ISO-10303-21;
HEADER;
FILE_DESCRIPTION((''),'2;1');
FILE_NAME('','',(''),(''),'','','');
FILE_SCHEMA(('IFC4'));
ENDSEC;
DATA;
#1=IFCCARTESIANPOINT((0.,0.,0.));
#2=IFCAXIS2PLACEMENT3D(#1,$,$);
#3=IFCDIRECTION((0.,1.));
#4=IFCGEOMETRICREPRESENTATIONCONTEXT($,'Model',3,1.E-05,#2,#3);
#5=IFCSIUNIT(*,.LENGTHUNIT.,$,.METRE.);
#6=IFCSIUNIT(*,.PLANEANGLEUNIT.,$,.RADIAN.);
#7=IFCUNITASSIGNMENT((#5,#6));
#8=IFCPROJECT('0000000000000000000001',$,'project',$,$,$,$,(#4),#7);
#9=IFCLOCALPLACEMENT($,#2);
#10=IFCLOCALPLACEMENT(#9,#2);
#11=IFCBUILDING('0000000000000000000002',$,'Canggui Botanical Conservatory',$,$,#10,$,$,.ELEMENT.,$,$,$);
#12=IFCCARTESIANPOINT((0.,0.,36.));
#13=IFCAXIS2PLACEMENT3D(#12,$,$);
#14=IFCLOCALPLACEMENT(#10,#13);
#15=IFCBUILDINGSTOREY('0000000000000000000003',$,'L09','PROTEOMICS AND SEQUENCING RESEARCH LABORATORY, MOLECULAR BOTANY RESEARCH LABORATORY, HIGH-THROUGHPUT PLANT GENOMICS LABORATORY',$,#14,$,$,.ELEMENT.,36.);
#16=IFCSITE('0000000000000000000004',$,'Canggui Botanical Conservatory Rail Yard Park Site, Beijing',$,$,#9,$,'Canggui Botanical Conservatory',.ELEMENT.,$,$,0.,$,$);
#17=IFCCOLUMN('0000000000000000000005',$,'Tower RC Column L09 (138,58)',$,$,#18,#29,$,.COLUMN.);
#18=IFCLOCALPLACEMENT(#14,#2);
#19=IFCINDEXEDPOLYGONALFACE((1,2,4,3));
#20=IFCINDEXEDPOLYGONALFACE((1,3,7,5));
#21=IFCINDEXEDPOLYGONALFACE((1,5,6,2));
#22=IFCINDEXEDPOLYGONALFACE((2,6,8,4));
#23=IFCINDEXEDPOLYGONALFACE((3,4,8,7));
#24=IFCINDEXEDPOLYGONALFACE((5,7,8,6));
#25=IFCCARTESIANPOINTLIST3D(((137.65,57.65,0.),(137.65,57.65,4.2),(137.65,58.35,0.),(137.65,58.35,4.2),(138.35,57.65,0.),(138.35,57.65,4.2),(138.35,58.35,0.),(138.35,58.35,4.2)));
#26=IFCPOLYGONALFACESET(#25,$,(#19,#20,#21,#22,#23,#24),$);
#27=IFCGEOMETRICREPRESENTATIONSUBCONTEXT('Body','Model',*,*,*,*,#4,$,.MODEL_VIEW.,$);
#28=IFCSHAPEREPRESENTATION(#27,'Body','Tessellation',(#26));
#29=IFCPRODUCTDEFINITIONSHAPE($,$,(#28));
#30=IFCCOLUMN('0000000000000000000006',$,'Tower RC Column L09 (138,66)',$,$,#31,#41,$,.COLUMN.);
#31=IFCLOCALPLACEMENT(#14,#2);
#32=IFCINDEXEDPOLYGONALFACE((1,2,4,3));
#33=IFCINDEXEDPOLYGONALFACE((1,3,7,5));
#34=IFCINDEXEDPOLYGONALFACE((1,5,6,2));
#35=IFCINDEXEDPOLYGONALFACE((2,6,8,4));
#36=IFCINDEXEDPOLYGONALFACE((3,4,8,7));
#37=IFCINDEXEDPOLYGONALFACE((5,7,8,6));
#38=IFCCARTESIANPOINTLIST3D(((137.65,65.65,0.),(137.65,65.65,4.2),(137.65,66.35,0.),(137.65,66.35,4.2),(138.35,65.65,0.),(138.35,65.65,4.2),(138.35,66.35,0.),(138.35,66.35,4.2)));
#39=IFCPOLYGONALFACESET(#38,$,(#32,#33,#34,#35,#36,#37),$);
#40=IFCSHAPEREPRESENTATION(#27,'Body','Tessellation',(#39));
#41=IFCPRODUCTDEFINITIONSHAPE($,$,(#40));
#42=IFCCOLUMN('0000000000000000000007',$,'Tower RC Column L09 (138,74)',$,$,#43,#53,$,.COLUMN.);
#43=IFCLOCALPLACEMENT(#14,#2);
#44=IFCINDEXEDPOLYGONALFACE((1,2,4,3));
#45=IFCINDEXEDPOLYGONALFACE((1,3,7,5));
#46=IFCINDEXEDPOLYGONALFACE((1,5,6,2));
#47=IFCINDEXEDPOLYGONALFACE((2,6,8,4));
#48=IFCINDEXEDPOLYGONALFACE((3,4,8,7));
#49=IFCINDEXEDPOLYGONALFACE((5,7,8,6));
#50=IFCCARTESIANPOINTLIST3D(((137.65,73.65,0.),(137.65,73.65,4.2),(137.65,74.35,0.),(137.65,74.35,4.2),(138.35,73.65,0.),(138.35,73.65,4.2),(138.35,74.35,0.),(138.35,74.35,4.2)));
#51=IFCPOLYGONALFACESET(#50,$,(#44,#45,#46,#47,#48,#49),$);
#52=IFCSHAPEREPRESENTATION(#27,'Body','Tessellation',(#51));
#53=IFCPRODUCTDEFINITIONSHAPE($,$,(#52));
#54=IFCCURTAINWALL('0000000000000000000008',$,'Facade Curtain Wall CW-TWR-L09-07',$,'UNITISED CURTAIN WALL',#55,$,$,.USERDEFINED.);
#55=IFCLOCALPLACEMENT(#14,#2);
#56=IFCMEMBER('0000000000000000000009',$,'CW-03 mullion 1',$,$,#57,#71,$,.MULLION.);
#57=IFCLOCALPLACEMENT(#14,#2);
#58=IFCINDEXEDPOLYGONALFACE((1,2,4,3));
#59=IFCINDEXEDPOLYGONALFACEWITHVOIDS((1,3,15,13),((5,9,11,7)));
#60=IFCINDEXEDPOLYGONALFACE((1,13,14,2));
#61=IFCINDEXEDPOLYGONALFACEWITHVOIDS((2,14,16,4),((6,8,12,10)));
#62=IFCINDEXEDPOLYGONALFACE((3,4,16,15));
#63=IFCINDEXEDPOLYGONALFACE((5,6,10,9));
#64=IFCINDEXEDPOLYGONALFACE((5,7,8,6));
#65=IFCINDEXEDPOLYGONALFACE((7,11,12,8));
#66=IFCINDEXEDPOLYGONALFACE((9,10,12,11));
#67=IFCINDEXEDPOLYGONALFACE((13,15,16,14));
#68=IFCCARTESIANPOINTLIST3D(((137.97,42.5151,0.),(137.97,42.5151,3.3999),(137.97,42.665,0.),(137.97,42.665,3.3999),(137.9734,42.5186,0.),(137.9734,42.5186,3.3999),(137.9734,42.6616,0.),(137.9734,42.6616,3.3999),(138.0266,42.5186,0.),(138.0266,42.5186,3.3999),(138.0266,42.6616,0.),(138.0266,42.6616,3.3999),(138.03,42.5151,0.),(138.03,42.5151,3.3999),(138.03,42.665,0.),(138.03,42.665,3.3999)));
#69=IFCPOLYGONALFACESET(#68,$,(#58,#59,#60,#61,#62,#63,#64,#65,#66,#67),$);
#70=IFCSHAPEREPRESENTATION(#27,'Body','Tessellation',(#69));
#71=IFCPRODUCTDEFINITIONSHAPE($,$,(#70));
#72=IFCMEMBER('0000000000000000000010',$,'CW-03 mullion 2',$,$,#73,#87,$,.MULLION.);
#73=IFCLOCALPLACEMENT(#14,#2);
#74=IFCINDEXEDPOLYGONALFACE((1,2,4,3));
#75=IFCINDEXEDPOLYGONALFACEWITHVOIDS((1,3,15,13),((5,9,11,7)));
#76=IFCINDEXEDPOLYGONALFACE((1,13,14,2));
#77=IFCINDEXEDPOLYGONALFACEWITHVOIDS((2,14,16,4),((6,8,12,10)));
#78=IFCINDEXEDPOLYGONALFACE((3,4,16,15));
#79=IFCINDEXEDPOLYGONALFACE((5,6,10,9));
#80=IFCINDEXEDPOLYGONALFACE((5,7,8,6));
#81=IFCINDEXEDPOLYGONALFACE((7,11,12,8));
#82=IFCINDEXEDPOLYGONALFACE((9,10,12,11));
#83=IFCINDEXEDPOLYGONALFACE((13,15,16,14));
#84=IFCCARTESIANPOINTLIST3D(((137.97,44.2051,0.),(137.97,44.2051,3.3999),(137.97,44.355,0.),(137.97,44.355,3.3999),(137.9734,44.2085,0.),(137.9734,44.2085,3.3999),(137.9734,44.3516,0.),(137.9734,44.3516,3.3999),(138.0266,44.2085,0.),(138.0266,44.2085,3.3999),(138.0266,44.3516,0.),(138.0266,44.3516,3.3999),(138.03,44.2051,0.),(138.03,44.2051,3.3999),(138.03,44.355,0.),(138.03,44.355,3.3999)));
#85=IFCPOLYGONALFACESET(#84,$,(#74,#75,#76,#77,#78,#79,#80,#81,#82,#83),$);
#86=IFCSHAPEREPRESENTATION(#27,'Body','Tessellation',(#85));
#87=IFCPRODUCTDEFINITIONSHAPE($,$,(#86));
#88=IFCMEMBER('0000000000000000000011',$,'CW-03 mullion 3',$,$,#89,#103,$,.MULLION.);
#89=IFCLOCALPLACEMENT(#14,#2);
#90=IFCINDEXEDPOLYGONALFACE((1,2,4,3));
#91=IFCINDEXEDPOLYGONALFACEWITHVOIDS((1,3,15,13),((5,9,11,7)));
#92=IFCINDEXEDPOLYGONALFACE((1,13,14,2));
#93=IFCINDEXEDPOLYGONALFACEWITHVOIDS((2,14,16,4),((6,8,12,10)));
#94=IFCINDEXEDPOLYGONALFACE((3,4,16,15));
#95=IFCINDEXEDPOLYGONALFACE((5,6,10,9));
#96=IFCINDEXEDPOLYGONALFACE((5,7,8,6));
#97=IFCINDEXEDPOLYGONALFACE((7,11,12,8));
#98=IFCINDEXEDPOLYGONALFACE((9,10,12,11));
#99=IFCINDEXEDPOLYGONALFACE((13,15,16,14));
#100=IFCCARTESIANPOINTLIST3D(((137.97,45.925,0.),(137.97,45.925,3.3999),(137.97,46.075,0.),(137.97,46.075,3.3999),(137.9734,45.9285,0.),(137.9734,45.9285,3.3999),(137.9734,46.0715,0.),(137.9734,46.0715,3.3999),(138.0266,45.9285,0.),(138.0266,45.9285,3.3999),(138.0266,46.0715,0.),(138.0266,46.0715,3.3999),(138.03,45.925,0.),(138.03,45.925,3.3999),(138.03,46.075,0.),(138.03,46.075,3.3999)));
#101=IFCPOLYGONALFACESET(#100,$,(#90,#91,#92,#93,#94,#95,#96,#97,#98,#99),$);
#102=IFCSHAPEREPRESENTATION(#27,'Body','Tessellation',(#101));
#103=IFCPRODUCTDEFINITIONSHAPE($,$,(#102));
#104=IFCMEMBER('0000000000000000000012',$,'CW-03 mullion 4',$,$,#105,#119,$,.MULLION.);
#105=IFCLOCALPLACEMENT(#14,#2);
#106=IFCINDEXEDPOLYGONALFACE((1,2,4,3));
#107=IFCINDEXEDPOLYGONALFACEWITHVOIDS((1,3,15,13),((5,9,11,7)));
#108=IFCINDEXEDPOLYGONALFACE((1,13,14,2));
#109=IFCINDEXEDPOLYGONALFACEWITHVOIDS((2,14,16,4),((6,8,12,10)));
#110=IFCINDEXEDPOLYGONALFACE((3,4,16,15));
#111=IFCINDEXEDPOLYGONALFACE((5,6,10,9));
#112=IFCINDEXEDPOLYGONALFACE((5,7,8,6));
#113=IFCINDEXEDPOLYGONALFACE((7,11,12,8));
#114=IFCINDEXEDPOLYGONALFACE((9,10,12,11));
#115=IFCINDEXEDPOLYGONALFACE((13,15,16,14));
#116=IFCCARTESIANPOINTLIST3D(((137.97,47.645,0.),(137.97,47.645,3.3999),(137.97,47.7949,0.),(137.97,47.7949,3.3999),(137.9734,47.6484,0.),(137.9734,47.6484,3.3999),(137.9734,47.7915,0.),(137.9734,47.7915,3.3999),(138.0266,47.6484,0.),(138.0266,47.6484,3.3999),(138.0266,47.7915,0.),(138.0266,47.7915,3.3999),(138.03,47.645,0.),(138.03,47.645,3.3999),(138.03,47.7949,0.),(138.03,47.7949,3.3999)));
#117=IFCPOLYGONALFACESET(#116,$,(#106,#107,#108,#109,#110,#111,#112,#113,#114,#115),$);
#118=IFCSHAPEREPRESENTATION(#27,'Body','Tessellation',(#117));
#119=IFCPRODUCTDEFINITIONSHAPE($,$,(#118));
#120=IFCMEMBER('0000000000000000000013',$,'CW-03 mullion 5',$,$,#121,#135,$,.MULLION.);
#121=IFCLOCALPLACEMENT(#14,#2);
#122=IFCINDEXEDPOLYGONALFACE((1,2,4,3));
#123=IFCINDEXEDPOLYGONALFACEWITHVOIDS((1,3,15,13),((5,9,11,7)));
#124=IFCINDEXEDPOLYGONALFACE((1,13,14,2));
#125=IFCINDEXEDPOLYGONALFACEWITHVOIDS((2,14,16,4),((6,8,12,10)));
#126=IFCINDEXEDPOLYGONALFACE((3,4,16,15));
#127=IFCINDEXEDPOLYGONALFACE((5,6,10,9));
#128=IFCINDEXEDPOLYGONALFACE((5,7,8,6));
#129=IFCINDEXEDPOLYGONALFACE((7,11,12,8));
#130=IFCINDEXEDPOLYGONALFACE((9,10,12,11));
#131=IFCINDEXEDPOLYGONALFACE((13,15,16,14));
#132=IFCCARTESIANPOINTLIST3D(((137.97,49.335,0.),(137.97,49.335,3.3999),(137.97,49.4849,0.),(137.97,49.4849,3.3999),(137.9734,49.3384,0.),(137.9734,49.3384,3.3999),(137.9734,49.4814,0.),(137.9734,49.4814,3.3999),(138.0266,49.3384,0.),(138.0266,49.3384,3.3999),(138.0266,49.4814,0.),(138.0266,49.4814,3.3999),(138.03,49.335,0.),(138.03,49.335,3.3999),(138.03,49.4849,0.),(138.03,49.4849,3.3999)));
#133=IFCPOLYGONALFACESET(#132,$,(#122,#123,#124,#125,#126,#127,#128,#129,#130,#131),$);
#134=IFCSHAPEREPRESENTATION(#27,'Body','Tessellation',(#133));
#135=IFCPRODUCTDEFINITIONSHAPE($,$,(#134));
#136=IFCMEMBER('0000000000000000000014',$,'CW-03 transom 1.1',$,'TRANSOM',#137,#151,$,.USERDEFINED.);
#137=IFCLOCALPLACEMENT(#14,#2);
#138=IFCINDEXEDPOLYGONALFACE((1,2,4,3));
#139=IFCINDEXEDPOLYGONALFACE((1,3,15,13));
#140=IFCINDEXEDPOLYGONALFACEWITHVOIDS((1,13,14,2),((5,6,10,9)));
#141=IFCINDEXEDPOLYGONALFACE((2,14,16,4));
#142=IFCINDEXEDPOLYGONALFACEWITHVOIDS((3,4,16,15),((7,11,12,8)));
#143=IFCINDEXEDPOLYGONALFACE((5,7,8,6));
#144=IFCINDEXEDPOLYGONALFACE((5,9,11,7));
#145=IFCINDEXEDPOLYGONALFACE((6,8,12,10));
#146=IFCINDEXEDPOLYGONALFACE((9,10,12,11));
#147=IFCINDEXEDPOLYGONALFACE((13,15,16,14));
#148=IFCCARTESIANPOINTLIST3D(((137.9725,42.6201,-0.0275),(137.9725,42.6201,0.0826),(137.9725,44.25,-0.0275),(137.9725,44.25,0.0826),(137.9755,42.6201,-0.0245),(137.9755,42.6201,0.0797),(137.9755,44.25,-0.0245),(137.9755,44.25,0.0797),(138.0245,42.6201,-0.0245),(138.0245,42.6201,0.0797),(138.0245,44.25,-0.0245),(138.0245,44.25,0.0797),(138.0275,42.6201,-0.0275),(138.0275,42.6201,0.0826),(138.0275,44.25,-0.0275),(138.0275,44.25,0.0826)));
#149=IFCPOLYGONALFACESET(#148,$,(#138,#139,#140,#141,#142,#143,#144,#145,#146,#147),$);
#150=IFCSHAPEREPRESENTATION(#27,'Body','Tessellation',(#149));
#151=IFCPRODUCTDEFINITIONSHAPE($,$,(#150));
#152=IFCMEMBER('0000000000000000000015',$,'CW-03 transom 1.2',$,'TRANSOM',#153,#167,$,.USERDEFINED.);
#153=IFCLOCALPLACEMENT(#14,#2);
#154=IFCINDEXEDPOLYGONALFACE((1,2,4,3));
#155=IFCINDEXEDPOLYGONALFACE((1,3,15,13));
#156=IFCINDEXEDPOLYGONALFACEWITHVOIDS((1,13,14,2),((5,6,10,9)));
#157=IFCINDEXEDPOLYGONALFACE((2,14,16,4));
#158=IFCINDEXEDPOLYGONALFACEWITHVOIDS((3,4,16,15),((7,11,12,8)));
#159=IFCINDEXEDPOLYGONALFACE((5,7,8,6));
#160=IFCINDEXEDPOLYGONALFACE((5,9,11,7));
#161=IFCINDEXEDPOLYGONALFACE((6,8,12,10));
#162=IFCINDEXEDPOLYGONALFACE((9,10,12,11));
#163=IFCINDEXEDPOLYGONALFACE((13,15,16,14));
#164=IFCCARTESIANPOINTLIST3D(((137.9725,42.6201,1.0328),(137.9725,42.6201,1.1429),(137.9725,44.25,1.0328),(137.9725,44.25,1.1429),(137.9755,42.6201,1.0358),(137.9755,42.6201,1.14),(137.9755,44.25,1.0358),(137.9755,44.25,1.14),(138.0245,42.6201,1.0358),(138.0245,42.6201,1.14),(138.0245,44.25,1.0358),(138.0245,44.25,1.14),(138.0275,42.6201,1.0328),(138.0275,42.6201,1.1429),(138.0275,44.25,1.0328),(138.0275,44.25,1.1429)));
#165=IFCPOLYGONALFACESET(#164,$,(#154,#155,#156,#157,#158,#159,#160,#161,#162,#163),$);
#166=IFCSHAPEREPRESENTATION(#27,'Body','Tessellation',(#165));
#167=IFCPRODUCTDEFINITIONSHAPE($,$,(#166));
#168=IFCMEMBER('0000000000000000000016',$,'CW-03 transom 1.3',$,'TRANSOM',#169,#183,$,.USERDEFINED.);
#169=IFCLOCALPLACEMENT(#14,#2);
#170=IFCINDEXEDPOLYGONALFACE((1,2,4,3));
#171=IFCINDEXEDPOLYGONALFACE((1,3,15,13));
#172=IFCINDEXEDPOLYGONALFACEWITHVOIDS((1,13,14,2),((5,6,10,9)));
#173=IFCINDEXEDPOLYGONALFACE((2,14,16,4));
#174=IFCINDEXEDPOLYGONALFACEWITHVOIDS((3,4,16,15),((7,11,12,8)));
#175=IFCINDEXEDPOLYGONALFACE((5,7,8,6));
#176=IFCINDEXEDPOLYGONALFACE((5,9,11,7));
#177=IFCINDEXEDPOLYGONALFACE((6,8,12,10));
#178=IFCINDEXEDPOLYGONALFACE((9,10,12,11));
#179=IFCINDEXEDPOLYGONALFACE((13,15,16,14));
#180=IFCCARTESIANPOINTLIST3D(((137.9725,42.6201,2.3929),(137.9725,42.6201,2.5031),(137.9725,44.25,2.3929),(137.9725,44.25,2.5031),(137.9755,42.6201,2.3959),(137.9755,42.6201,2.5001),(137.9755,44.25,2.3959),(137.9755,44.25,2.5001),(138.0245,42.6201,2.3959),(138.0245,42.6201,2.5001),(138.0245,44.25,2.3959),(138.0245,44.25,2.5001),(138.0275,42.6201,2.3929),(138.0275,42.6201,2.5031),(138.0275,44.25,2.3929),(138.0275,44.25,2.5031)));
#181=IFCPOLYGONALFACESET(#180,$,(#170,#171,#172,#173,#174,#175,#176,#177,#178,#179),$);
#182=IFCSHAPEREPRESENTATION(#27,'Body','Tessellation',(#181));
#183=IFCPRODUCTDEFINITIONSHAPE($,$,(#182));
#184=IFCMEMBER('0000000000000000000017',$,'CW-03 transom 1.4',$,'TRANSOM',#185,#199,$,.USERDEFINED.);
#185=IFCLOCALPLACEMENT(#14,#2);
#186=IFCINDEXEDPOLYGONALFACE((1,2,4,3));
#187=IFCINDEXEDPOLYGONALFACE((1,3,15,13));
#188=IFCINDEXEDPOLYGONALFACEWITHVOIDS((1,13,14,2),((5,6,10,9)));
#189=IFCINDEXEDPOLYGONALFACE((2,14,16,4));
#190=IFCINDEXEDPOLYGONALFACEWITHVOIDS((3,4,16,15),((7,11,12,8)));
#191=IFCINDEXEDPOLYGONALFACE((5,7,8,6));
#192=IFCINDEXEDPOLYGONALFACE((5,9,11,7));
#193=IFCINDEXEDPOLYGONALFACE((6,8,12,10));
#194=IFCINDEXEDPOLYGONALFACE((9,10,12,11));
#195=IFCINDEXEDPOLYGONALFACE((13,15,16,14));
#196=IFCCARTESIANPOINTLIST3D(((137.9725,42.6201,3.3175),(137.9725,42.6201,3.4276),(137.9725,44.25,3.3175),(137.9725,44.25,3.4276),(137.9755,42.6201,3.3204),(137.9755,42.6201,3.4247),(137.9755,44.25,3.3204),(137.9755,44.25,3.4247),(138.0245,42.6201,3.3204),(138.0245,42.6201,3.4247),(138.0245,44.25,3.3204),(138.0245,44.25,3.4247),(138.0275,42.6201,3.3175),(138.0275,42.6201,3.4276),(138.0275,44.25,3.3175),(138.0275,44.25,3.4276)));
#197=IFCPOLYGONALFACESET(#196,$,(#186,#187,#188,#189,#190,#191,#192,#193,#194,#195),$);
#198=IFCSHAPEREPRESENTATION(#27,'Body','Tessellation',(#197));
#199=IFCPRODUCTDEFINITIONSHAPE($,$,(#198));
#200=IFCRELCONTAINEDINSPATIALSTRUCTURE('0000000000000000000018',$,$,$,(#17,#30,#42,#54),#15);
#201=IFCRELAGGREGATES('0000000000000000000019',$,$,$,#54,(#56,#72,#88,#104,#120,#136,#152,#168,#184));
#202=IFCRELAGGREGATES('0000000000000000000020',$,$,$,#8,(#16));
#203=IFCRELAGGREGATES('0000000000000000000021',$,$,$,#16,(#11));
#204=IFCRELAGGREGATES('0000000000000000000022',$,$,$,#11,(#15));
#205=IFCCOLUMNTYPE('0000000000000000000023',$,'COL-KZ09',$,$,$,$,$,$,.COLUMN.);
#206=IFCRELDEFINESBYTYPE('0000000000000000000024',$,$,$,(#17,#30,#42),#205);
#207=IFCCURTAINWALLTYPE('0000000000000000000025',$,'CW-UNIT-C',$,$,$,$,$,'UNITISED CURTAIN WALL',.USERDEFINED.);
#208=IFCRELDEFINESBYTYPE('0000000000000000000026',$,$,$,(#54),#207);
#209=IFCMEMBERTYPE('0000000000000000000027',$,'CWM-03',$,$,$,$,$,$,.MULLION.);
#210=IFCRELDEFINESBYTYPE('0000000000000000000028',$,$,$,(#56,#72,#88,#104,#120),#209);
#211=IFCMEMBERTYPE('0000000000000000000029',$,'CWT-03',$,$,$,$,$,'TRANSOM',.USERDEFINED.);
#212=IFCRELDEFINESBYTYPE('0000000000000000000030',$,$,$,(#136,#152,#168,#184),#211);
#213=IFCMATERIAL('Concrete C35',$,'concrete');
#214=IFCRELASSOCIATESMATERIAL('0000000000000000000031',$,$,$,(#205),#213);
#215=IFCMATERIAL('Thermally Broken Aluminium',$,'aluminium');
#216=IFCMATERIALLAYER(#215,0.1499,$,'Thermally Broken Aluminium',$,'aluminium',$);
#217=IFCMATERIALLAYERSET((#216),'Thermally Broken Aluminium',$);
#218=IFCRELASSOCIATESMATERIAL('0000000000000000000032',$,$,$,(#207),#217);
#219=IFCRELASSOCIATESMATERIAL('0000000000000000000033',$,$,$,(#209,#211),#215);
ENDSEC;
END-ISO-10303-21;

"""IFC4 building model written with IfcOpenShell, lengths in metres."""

from ifc_helpers import new_model, si_unit, direction, frame, origin, origin_2d, place, context, subcontext, project, spatial, rectangle, hollow_rectangle, extrude, material, layer, layer_set, material_profile, profile_set, type_object, element, aggregate, save


model = new_model("IFC4")

# Units and contexts
model_context = context("Model", 3, precision=1e-05, world=origin(), true_north=direction((0.0, 1.0)))
body_context = subcontext(model_context, "Body", "Model", "MODEL_VIEW")
ifc_project = project(units=[si_unit("LENGTHUNIT", "METRE"), si_unit("PLANEANGLEUNIT", "RADIAN")], contexts=[model_context])

# Site, building, storey
site_placement = place(None, origin())
site = spatial("IfcSite", under=ifc_project, at=site_placement, Name="Canggui Botanical Conservatory Rail Yard Park Site, Beijing", LongName="Canggui Botanical Conservatory", CompositionType="ELEMENT", RefElevation=0.0)
building_placement = place(site_placement, origin())
building = spatial("IfcBuilding", under=site, at=building_placement, Name="Canggui Botanical Conservatory", CompositionType="ELEMENT")
storey_placement = place(building_placement, frame((0.0, 0.0, 36.0)))
storey = spatial("IfcBuildingStorey", under=building, at=storey_placement, Name="L09", Description="PROTEOMICS AND SEQUENCING RESEARCH LABORATORY, MOLECULAR BOTANY RESEARCH LABORATORY, HIGH-THROUGHPUT PLANT GENOMICS LABORATORY", CompositionType="ELEMENT", Elevation=36.0)

# Columns
ifc_material_1 = material(Name="Concrete C35", Category="concrete")
ifc_material_profile_1 = material_profile(ifc_material_1, rectangle(XDim=0.7, YDim=0.7, at=origin_2d()), Name="RC 700x700")
ifc_profile_set_1 = profile_set([ifc_material_profile_1], Name="Concrete C35")
column_type = type_object("IfcColumnType", Name="COL-KZ09", PredefinedType="COLUMN", material=ifc_profile_set_1)
for number, where, z_axis, x_axis, name in (
    (1, (138.0, 58.0, 0.0), (0.0, 0.0, 1.0), (1.0, 0.0, 0.0), "Tower RC Column L09 (138,58)"),
    (2, (138.0, 66.0, 0.0), (0.0, 0.0, 1.0), (1.0, 0.0, 0.0), "Tower RC Column L09 (138,66)"),
    (3, (138.0, 74.0, 0.0), (0.0, 0.0, 1.0), (1.0, 0.0, 0.0), "Tower RC Column L09 (138,74)"),
):
    element("IfcColumn", number, at=place(storey_placement, frame(where, z_axis=z_axis, x_axis=x_axis)), inside=storey, type_object=column_type, Name=name, PredefinedType="COLUMN", context=body_context, shape_type="SweptSolid", body=[
        extrude(rectangle(XDim=0.7, YDim=0.7, at=origin_2d()), origin(), (0.0, 0.0, 1.0), 4.2),
    ])

# Curtain wall, members
ifc_material_2 = material(Name="Thermally Broken Aluminium", Category="aluminium")
ifc_layer_1 = layer(ifc_material_2, 0.1499, Name="Thermally Broken Aluminium", Category="aluminium")
ifc_layer_set_1 = layer_set([ifc_layer_1], Name="Thermally Broken Aluminium")
curtain_wall_type = type_object("IfcCurtainWallType", Name="CW-UNIT-C", ElementType="UNITISED CURTAIN WALL", PredefinedType="USERDEFINED", material=ifc_layer_set_1)
curtain_wall_placement = place(storey_placement, origin())
curtain_wall = element("IfcCurtainWall", 4, at=curtain_wall_placement, inside=storey, type_object=curtain_wall_type, Name="Facade Curtain Wall CW-TWR-L09-07", ObjectType="UNITISED CURTAIN WALL", PredefinedType="USERDEFINED")
ifc_material_profile_2 = material_profile(ifc_material_2, hollow_rectangle(XDim=0.0601, YDim=0.1499, WallThickness=0.0034, at=origin_2d()), Name="CWM 60x150x3.5")
ifc_profile_set_2 = profile_set([ifc_material_profile_2], Name="Thermally Broken Aluminium")
member_type_1 = type_object("IfcMemberType", Name="CWM-03", PredefinedType="MULLION", material=ifc_profile_set_2)
member_1_placement = place(storey_placement, frame((138.0, 42.5901, 0.0), z_axis=(0.0, 0.0, 1.0), x_axis=(-1.0, 0.0, 0.0)))
member_1 = element("IfcMember", 5, at=member_1_placement, type_object=member_type_1, Name="CW-03 mullion 1", PredefinedType="MULLION", context=body_context, shape_type="SweptSolid", body=[
    extrude(hollow_rectangle(XDim=0.0601, YDim=0.1499, WallThickness=0.0034, at=origin_2d()), origin(), (0.0, 0.0, 1.0), 3.3999),
])
member_2_placement = place(storey_placement, frame((138.0, 44.28, 0.0), z_axis=(0.0, 0.0, 1.0), x_axis=(-1.0, 0.0, 0.0)))
member_2 = element("IfcMember", 6, at=member_2_placement, type_object=member_type_1, Name="CW-03 mullion 2", PredefinedType="MULLION", context=body_context, shape_type="SweptSolid", body=[
    extrude(hollow_rectangle(XDim=0.0601, YDim=0.1499, WallThickness=0.0034, at=origin_2d()), origin(), (0.0, 0.0, 1.0), 3.3999),
])
member_3_placement = place(storey_placement, frame((138.0, 46.0, 0.0), z_axis=(0.0, 0.0, 1.0), x_axis=(-1.0, 0.0, 0.0)))
member_3 = element("IfcMember", 7, at=member_3_placement, type_object=member_type_1, Name="CW-03 mullion 3", PredefinedType="MULLION", context=body_context, shape_type="SweptSolid", body=[
    extrude(hollow_rectangle(XDim=0.0601, YDim=0.1499, WallThickness=0.0034, at=origin_2d()), origin(), (0.0, 0.0, 1.0), 3.3999),
])
member_4_placement = place(storey_placement, frame((138.0, 47.72, 0.0), z_axis=(0.0, 0.0, 1.0), x_axis=(-1.0, 0.0, 0.0)))
member_4 = element("IfcMember", 8, at=member_4_placement, type_object=member_type_1, Name="CW-03 mullion 4", PredefinedType="MULLION", context=body_context, shape_type="SweptSolid", body=[
    extrude(hollow_rectangle(XDim=0.0601, YDim=0.1499, WallThickness=0.0034, at=origin_2d()), origin(), (0.0, 0.0, 1.0), 3.3999),
])
member_5_placement = place(storey_placement, frame((138.0, 49.4099, 0.0), z_axis=(0.0, 0.0, 1.0), x_axis=(-1.0, 0.0, 0.0)))
member_5 = element("IfcMember", 9, at=member_5_placement, type_object=member_type_1, Name="CW-03 mullion 5", PredefinedType="MULLION", context=body_context, shape_type="SweptSolid", body=[
    extrude(hollow_rectangle(XDim=0.0601, YDim=0.1499, WallThickness=0.0034, at=origin_2d()), origin(), (0.0, 0.0, 1.0), 3.3999),
])
ifc_material_profile_3 = material_profile(ifc_material_2, hollow_rectangle(XDim=0.0549, YDim=0.1101, WallThickness=0.0029, at=origin_2d()), Name="CWT 55x110x3")
ifc_profile_set_3 = profile_set([ifc_material_profile_3], Name="Thermally Broken Aluminium")
member_type_2 = type_object("IfcMemberType", Name="CWT-03", ElementType="TRANSOM", PredefinedType="USERDEFINED", material=ifc_profile_set_3)
member_6_placement = place(storey_placement, frame((138.0, 42.6201, 0.0276), z_axis=(0.0, 1.0, 0.0), x_axis=(-1.0, 0.0, 0.0)))
member_6 = element("IfcMember", 10, at=member_6_placement, type_object=member_type_2, Name="CW-03 transom 1.1", ObjectType="TRANSOM", PredefinedType="USERDEFINED", context=body_context, shape_type="SweptSolid", body=[
    extrude(hollow_rectangle(XDim=0.0549, YDim=0.1101, WallThickness=0.0029, at=origin_2d()), origin(), (0.0, 0.0, 1.0), 1.6299),
])
member_7_placement = place(storey_placement, frame((138.0, 42.6201, 1.0879), z_axis=(0.0, 1.0, 0.0), x_axis=(-1.0, 0.0, 0.0)))
member_7 = element("IfcMember", 11, at=member_7_placement, type_object=member_type_2, Name="CW-03 transom 1.2", ObjectType="TRANSOM", PredefinedType="USERDEFINED", context=body_context, shape_type="SweptSolid", body=[
    extrude(hollow_rectangle(XDim=0.0549, YDim=0.1101, WallThickness=0.0029, at=origin_2d()), origin(), (0.0, 0.0, 1.0), 1.6299),
])
member_8_placement = place(storey_placement, frame((138.0, 42.6201, 2.448), z_axis=(0.0, 1.0, 0.0), x_axis=(-1.0, 0.0, 0.0)))
member_8 = element("IfcMember", 12, at=member_8_placement, type_object=member_type_2, Name="CW-03 transom 1.3", ObjectType="TRANSOM", PredefinedType="USERDEFINED", context=body_context, shape_type="SweptSolid", body=[
    extrude(hollow_rectangle(XDim=0.0549, YDim=0.1101, WallThickness=0.0029, at=origin_2d()), origin(), (0.0, 0.0, 1.0), 1.6299),
])
member_9_placement = place(storey_placement, frame((138.0, 42.6201, 3.3726), z_axis=(0.0, 1.0, 0.0), x_axis=(-1.0, 0.0, 0.0)))
member_9 = element("IfcMember", 13, at=member_9_placement, type_object=member_type_2, Name="CW-03 transom 1.4", ObjectType="TRANSOM", PredefinedType="USERDEFINED", context=body_context, shape_type="SweptSolid", body=[
    extrude(hollow_rectangle(XDim=0.0549, YDim=0.1101, WallThickness=0.0029, at=origin_2d()), origin(), (0.0, 0.0, 1.0), 1.6299),
])
aggregate(curtain_wall, [member_1, member_2, member_3, member_4, member_5, member_6, member_7, member_8, member_9])

save(model, "model.ifc")
